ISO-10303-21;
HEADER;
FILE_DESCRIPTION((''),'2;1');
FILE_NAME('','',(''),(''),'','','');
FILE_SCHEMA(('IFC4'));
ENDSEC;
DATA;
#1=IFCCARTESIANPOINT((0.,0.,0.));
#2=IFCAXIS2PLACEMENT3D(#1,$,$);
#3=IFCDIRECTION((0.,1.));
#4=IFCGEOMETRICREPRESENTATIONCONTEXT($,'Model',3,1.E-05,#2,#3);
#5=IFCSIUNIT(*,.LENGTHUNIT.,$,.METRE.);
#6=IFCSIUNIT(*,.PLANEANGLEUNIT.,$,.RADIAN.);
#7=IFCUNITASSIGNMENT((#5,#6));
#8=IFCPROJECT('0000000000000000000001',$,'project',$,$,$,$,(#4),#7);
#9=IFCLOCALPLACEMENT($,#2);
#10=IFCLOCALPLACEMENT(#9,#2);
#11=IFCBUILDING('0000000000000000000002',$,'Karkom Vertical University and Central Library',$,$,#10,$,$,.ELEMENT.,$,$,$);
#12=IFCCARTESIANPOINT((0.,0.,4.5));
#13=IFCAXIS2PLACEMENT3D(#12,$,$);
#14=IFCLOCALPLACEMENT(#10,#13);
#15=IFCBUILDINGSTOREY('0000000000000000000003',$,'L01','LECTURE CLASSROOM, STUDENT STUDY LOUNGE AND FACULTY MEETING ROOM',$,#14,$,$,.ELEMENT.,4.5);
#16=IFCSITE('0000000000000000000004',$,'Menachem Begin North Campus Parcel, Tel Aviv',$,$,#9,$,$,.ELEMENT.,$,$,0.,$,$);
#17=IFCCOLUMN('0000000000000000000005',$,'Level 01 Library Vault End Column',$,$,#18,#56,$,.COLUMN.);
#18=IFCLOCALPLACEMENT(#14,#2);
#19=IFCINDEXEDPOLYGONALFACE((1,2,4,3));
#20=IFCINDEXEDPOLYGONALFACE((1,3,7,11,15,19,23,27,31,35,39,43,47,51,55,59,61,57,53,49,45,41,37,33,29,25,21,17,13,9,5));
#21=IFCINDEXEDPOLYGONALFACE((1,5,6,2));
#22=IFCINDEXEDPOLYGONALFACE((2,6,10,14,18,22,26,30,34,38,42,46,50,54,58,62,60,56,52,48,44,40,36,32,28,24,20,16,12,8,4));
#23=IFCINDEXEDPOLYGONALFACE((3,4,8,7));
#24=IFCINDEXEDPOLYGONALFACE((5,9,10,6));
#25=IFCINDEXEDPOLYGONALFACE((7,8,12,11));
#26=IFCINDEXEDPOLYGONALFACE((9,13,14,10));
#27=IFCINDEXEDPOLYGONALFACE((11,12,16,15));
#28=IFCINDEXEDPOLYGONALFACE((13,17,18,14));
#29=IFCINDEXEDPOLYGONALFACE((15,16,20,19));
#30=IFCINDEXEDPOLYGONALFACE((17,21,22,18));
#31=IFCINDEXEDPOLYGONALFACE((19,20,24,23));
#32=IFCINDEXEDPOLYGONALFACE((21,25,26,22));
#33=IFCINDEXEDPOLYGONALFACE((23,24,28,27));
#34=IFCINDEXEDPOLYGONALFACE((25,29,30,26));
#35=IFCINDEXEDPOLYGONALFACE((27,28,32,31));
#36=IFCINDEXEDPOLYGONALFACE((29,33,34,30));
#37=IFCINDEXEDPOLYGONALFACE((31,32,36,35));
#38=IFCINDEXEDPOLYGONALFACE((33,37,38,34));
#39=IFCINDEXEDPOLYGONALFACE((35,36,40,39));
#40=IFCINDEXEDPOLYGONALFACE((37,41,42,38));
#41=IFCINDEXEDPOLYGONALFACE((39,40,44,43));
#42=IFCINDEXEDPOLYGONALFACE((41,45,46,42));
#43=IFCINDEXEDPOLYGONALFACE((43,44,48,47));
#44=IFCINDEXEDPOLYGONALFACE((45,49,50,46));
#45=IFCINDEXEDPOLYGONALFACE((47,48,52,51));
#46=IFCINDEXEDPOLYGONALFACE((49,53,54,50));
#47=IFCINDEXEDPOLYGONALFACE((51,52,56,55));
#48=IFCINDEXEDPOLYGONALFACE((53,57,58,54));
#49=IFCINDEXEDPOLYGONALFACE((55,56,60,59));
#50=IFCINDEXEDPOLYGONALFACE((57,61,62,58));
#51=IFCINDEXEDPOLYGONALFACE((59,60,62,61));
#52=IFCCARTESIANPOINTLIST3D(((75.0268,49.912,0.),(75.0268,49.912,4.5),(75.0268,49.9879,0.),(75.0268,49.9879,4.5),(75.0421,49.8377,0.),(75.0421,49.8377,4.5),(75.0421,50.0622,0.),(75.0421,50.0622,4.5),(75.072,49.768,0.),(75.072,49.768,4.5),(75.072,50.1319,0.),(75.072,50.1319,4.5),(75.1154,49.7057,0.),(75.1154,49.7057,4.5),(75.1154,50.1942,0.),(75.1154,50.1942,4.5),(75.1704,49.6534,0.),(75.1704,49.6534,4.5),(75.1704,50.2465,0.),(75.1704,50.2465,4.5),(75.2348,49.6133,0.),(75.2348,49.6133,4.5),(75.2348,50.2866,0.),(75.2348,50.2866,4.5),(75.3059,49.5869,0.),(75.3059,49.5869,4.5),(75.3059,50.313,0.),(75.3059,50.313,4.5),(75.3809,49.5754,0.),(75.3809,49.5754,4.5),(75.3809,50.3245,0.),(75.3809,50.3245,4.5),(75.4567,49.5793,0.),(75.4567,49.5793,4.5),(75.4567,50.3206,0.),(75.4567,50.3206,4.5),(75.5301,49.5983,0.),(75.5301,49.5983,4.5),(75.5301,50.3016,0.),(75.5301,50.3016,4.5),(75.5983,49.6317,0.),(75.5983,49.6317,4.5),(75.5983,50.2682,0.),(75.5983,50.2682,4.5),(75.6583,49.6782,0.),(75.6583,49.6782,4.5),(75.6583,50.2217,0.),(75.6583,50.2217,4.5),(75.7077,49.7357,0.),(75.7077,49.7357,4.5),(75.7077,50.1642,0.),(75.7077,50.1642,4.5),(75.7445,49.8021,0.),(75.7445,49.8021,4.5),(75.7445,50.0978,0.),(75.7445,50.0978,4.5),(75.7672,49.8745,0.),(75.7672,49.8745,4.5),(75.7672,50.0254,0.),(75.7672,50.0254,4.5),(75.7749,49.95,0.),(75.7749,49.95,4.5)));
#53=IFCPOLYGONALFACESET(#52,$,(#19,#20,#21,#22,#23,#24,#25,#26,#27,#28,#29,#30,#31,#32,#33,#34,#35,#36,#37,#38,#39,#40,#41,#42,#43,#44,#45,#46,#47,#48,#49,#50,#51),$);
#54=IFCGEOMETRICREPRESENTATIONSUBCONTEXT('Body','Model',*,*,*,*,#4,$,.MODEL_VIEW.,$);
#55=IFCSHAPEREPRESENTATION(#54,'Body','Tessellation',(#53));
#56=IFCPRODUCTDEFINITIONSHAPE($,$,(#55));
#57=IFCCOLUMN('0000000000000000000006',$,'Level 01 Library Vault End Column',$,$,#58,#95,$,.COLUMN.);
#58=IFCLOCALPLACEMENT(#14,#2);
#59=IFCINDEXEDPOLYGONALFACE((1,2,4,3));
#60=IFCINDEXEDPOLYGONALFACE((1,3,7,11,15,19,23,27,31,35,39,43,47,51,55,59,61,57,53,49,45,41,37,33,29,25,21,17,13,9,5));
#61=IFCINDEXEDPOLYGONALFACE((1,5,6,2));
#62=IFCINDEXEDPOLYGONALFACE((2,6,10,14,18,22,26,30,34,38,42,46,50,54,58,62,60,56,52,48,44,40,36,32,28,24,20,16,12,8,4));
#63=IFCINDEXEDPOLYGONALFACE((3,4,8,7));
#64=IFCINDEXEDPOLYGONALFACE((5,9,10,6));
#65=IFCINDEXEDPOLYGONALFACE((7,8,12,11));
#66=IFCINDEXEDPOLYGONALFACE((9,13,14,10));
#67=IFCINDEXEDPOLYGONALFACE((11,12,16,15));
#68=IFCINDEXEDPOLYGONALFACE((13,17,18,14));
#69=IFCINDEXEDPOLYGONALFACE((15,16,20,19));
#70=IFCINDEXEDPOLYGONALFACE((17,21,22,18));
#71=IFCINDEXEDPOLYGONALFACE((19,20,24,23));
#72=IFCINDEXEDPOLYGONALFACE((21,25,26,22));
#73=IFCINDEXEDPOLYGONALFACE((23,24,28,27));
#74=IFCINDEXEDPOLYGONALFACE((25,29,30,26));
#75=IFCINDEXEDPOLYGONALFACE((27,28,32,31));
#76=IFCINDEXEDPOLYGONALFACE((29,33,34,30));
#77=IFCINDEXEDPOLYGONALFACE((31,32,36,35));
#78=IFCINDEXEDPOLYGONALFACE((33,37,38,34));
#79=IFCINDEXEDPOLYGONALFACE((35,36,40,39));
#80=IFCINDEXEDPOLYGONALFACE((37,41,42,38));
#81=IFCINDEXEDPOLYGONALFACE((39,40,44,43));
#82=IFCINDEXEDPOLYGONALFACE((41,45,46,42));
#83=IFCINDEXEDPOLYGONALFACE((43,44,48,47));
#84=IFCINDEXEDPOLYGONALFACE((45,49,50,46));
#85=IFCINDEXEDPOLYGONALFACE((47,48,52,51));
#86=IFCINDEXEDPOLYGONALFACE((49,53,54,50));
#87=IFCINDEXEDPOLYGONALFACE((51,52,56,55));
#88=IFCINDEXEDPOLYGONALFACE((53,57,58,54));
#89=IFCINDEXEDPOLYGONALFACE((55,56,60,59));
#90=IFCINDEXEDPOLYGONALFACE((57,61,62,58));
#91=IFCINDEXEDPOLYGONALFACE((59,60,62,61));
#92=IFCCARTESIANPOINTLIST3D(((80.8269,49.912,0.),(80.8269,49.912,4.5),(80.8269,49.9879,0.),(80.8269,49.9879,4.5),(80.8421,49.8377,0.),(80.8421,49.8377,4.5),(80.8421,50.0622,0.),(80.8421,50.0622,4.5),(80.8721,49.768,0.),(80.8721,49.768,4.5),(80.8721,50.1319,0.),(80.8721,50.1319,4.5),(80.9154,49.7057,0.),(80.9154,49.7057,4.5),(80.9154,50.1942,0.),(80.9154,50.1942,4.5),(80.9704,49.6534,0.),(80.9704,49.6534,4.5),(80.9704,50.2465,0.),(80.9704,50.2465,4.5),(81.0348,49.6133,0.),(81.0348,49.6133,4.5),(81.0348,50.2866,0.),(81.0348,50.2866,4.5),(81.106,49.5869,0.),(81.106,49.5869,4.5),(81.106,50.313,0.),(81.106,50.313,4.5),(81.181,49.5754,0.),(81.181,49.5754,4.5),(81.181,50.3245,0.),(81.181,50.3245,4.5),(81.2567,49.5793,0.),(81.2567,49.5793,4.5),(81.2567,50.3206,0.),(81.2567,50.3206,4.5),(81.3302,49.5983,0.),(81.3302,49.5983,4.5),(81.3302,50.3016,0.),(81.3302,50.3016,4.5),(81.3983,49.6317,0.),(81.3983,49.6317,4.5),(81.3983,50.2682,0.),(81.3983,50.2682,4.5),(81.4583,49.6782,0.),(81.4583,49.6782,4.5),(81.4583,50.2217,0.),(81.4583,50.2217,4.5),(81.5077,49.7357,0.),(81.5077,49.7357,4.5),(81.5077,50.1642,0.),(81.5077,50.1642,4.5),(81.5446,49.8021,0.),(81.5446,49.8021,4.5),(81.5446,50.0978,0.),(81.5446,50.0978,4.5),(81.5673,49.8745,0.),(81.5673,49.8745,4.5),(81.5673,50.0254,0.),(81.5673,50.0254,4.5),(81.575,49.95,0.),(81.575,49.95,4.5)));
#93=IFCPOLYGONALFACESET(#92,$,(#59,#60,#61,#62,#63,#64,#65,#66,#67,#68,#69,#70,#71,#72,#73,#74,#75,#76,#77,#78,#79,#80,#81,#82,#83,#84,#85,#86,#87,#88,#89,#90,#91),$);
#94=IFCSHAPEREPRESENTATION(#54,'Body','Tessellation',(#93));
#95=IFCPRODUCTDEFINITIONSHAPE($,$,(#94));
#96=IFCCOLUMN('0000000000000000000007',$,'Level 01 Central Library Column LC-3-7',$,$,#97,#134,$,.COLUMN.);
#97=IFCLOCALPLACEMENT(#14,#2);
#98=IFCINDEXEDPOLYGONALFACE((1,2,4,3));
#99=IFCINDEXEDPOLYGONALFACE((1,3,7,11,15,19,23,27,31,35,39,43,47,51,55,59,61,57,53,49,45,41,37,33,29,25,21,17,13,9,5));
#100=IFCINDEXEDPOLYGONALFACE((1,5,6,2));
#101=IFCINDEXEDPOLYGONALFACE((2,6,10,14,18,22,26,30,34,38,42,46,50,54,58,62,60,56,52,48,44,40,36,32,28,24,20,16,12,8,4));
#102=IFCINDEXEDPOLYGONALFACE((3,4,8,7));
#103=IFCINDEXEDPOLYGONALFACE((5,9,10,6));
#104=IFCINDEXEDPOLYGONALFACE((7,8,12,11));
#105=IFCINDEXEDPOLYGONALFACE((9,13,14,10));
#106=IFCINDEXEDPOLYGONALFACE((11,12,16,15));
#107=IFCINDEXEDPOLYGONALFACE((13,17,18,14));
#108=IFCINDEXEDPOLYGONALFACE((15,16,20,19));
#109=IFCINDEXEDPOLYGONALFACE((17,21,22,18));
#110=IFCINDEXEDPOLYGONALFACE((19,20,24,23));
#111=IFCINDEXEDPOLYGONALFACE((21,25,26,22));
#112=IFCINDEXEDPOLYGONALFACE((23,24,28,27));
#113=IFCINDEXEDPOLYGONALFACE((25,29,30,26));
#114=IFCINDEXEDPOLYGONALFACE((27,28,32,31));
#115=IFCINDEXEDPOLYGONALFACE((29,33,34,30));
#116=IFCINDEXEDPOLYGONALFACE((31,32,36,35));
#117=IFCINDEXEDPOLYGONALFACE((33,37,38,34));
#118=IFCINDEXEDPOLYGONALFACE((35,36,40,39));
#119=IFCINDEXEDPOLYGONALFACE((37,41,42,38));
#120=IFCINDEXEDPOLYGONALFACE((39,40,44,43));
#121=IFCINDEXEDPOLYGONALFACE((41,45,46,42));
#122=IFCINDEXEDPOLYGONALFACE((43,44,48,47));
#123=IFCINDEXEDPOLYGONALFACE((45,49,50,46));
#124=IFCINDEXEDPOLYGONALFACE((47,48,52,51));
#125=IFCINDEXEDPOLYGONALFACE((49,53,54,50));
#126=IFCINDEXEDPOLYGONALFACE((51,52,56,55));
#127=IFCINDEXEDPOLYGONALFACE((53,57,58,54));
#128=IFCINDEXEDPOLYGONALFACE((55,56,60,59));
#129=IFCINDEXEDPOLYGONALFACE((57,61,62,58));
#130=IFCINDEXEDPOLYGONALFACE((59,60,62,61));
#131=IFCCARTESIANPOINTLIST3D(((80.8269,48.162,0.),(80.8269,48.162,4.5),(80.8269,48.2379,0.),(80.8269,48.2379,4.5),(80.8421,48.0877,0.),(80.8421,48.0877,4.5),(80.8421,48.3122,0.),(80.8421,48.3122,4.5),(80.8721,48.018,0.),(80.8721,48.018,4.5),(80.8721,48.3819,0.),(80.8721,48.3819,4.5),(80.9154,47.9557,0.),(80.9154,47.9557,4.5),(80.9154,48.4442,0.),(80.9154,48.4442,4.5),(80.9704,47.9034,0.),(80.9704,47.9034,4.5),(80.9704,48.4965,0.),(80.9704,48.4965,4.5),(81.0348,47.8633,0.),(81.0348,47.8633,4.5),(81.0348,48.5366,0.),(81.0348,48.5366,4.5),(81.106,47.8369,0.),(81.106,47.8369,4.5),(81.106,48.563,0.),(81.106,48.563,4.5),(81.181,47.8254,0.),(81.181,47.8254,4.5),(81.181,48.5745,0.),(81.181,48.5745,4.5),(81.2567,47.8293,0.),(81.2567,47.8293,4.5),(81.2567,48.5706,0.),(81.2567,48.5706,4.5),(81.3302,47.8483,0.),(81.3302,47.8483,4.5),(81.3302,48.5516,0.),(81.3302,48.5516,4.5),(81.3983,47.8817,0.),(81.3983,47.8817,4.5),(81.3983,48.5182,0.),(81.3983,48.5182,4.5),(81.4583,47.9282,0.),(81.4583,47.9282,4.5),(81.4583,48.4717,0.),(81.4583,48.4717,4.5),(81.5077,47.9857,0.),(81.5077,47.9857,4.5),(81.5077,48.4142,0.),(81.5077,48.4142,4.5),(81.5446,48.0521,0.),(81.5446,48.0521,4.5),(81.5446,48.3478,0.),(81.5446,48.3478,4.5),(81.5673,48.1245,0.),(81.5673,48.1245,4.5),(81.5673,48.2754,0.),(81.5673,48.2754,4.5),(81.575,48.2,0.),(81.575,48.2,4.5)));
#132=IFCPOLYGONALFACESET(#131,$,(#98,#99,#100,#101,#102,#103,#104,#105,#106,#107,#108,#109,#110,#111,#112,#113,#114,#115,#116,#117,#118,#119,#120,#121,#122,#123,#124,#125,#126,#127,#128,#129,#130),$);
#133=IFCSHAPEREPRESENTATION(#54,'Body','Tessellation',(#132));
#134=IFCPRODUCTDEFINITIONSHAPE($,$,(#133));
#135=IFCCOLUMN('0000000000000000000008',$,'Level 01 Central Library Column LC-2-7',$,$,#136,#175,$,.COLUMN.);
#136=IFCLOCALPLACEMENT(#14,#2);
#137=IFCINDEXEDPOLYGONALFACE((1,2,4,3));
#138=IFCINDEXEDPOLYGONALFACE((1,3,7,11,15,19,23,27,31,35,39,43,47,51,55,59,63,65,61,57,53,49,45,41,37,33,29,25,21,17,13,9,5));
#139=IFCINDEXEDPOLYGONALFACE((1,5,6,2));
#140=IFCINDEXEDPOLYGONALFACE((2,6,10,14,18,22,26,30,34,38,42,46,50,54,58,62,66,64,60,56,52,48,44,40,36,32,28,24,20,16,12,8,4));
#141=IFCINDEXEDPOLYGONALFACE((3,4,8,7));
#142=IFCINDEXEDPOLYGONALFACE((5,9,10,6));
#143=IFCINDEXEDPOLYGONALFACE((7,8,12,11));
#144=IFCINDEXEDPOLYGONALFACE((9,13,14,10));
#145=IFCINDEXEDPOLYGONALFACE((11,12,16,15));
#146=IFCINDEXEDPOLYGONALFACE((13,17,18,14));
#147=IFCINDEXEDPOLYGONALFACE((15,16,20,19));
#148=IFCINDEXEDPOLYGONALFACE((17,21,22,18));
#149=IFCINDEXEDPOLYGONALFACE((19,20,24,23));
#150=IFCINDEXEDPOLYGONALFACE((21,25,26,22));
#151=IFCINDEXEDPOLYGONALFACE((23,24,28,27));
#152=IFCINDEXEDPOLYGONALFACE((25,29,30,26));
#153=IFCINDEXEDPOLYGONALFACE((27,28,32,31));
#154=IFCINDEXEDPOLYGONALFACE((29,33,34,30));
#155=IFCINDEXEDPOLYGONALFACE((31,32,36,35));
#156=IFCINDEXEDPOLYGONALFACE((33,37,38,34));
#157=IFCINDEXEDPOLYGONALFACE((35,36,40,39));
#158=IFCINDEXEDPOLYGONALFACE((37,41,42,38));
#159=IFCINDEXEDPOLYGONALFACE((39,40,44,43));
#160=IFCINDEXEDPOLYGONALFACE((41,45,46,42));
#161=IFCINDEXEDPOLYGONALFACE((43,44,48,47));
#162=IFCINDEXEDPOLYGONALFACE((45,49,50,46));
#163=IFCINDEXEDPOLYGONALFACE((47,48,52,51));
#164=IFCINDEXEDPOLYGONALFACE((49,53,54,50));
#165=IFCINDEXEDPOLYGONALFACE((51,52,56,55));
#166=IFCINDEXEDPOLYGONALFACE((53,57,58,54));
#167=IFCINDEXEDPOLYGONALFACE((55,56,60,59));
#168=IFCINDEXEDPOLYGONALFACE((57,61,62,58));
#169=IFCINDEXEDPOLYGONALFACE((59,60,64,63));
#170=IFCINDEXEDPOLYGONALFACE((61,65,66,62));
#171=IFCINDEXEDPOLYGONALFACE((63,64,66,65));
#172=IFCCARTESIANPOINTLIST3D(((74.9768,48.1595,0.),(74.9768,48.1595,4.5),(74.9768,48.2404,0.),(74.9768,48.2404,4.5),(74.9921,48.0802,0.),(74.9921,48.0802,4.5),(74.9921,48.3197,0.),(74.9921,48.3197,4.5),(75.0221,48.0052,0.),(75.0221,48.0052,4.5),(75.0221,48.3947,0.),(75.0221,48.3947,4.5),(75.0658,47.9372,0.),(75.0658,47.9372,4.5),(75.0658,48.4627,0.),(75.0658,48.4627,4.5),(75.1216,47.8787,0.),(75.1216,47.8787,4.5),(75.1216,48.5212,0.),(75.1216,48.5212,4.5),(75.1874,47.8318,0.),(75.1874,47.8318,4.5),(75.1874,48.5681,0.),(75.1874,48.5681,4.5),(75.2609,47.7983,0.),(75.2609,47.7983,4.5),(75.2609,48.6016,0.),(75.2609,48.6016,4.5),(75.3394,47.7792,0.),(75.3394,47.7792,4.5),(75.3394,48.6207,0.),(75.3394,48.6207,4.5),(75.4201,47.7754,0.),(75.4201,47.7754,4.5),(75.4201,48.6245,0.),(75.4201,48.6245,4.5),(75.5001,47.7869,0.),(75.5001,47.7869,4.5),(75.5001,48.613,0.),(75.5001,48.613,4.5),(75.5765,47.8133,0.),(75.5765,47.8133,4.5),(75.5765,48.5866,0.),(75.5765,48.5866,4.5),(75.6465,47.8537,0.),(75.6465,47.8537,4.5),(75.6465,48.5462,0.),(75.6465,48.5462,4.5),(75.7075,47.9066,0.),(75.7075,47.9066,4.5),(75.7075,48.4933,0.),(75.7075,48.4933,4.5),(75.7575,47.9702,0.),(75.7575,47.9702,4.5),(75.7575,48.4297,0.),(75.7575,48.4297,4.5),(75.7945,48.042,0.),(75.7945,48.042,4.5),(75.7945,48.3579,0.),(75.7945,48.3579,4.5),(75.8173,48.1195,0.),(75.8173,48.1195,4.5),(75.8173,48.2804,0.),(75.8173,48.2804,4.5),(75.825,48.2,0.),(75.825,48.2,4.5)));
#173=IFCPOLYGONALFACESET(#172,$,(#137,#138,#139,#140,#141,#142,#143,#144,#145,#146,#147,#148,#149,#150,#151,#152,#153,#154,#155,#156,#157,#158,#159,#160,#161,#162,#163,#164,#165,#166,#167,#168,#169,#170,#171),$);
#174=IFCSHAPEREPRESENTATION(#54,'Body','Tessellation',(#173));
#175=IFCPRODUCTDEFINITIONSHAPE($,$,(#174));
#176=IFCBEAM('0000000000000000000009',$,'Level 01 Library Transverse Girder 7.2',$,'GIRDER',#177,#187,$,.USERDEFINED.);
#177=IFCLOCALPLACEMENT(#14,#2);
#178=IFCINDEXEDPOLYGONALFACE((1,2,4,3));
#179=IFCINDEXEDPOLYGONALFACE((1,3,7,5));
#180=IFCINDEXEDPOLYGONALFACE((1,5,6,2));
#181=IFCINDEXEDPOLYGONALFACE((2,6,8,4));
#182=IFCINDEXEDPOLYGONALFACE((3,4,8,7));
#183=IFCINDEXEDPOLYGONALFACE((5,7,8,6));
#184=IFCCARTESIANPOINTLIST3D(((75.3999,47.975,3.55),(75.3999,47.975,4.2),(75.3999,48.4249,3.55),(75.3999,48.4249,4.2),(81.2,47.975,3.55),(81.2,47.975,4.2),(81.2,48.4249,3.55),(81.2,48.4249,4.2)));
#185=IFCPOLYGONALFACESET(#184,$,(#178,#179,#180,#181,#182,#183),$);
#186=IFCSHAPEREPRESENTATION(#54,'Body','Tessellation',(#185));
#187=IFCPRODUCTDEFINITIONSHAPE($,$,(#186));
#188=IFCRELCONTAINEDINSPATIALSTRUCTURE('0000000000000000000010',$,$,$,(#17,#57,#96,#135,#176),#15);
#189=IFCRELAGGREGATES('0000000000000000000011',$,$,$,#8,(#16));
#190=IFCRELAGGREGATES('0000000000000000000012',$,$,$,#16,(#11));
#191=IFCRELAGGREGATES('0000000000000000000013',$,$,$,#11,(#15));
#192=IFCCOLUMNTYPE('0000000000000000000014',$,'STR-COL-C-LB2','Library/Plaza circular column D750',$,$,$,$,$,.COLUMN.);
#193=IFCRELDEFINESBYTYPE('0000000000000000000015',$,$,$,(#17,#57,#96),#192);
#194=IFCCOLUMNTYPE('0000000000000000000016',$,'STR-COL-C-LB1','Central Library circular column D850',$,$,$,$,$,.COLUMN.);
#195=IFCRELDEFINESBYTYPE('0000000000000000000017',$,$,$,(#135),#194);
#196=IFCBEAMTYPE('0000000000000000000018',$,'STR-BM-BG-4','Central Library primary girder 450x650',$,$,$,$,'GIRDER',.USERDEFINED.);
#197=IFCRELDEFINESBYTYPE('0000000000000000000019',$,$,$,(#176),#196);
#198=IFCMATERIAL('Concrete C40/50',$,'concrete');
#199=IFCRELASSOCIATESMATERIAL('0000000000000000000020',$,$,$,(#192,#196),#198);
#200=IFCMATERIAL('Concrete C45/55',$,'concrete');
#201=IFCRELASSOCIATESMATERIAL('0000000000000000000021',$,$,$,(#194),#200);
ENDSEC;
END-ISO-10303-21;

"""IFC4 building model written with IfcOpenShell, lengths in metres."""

from ifc_helpers import new_model, si_unit, direction, frame, origin, origin_with_axes, origin_2d, place, context, subcontext, project, spatial, rectangle, circle, extrude, source, transform, mapped, material, material_profile, profile_set, type_object, element, save


model = new_model("IFC4")

# Units and contexts
model_context = context("Model", 3, precision=1e-05, world=origin(), true_north=direction((0.0, 1.0)))
body_context = subcontext(model_context, "Body", "Model", "MODEL_VIEW")
ifc_project = project(units=[si_unit("LENGTHUNIT", "METRE"), si_unit("PLANEANGLEUNIT", "RADIAN")], contexts=[model_context])

# Site, building, storey
site_placement = place(None, origin())
site = spatial("IfcSite", under=ifc_project, at=site_placement, Name="Menachem Begin North Campus Parcel, Tel Aviv", CompositionType="ELEMENT", RefElevation=0.0)
building_placement = place(site_placement, origin())
building = spatial("IfcBuilding", under=site, at=building_placement, Name="Karkom Vertical University and Central Library", CompositionType="ELEMENT")
storey_placement = place(building_placement, frame((0.0, 0.0, 4.5)))
storey = spatial("IfcBuildingStorey", under=building, at=storey_placement, Name="L01", Description="LECTURE CLASSROOM, STUDENT STUDY LOUNGE AND FACULTY MEETING ROOM", CompositionType="ELEMENT", Elevation=4.5)

# Columns
ifc_material_1 = material(Name="Concrete C40/50", Category="concrete")
ifc_material_profile_1 = material_profile(ifc_material_1, circle(Radius=0.375, at=origin_2d()), Name="RC-D750")
ifc_profile_set_1 = profile_set([ifc_material_profile_1], Name="Concrete C40/50")
column_type_1 = type_object("IfcColumnType", Name="STR-COL-C-LB2", Description="Library/Plaza circular column D750", PredefinedType="COLUMN", material=ifc_profile_set_1)
shared_shape_1 = source(origin_with_axes(), body_context, "Body", "SweptSolid", [
    extrude(circle(Radius=0.375, at=origin_2d()), origin(), (0.0, 0.0, 1.0), 4.5),
])
for number, where, z_axis, x_axis, name in (
    (1, (75.3999, 49.95, 0.0), (0.0, 0.0, 1.0), (1.0, 0.0, 0.0), "Level 01 Library Vault End Column"),
    (2, (81.2, 49.95, 0.0), (0.0, 0.0, 1.0), (1.0, 0.0, 0.0), "Level 01 Library Vault End Column"),
    (3, (81.2, 48.2, 0.0), (0.0, 0.0, 1.0), (1.0, 0.0, 0.0), "Level 01 Central Library Column LC-3-7"),
):
    element("IfcColumn", number, at=place(storey_placement, frame(where, z_axis=z_axis, x_axis=x_axis)), inside=storey, type_object=column_type_1, Name=name, PredefinedType="COLUMN", context=body_context, shape_type="MappedRepresentation", body=[
        mapped(shared_shape_1, transform((0.0, 0.0, 0.0), scale=1.0)),
    ])
ifc_material_2 = material(Name="Concrete C45/55", Category="concrete")
ifc_material_profile_2 = material_profile(ifc_material_2, circle(Radius=0.425, at=origin_2d()), Name="RC-D850")
ifc_profile_set_2 = profile_set([ifc_material_profile_2], Name="Concrete C45/55")
column_type_2 = type_object("IfcColumnType", Name="STR-COL-C-LB1", Description="Central Library circular column D850", PredefinedType="COLUMN", material=ifc_profile_set_2)
shared_shape_2 = source(origin_with_axes(), body_context, "Body", "SweptSolid", [
    extrude(circle(Radius=0.425, at=origin_2d()), origin(), (0.0, 0.0, 1.0), 4.5),
])
column_placement = place(storey_placement, frame((75.3999, 48.2, 0.0), z_axis=(0.0, 0.0, 1.0), x_axis=(1.0, 0.0, 0.0)))
element("IfcColumn", 4, at=column_placement, inside=storey, type_object=column_type_2, Name="Level 01 Central Library Column LC-2-7", PredefinedType="COLUMN", context=body_context, shape_type="MappedRepresentation", body=[
    mapped(shared_shape_2, transform((0.0, 0.0, 0.0), scale=1.0)),
])

# Beam
ifc_material_profile_3 = material_profile(ifc_material_1, rectangle(XDim=0.45, YDim=0.6499, at=origin_2d()), Name="RCB-450x650")
ifc_profile_set_3 = profile_set([ifc_material_profile_3], Name="Concrete C40/50")
beam_type = type_object("IfcBeamType", Name="STR-BM-BG-4", Description="Central Library primary girder 450x650", ElementType="GIRDER", PredefinedType="USERDEFINED", material=ifc_profile_set_3)
shared_shape_3 = source(origin_with_axes(), body_context, "Body", "SweptSolid", [
    extrude(rectangle(XDim=0.45, YDim=0.6499, at=origin_2d()), origin(), (0.0, 0.0, 1.0), 5.8),
])
beam_placement = place(storey_placement, frame((75.3999, 48.2, 3.875), z_axis=(1.0, 0.0, 0.0), x_axis=(0.0, 1.0, 0.0)))
element("IfcBeam", 5, at=beam_placement, inside=storey, type_object=beam_type, Name="Level 01 Library Transverse Girder 7.2", ObjectType="GIRDER", PredefinedType="USERDEFINED", context=body_context, shape_type="MappedRepresentation", body=[
    mapped(shared_shape_3, transform((0.0, 0.0, 0.0), scale=1.0)),
])

save(model, "model.ifc")
